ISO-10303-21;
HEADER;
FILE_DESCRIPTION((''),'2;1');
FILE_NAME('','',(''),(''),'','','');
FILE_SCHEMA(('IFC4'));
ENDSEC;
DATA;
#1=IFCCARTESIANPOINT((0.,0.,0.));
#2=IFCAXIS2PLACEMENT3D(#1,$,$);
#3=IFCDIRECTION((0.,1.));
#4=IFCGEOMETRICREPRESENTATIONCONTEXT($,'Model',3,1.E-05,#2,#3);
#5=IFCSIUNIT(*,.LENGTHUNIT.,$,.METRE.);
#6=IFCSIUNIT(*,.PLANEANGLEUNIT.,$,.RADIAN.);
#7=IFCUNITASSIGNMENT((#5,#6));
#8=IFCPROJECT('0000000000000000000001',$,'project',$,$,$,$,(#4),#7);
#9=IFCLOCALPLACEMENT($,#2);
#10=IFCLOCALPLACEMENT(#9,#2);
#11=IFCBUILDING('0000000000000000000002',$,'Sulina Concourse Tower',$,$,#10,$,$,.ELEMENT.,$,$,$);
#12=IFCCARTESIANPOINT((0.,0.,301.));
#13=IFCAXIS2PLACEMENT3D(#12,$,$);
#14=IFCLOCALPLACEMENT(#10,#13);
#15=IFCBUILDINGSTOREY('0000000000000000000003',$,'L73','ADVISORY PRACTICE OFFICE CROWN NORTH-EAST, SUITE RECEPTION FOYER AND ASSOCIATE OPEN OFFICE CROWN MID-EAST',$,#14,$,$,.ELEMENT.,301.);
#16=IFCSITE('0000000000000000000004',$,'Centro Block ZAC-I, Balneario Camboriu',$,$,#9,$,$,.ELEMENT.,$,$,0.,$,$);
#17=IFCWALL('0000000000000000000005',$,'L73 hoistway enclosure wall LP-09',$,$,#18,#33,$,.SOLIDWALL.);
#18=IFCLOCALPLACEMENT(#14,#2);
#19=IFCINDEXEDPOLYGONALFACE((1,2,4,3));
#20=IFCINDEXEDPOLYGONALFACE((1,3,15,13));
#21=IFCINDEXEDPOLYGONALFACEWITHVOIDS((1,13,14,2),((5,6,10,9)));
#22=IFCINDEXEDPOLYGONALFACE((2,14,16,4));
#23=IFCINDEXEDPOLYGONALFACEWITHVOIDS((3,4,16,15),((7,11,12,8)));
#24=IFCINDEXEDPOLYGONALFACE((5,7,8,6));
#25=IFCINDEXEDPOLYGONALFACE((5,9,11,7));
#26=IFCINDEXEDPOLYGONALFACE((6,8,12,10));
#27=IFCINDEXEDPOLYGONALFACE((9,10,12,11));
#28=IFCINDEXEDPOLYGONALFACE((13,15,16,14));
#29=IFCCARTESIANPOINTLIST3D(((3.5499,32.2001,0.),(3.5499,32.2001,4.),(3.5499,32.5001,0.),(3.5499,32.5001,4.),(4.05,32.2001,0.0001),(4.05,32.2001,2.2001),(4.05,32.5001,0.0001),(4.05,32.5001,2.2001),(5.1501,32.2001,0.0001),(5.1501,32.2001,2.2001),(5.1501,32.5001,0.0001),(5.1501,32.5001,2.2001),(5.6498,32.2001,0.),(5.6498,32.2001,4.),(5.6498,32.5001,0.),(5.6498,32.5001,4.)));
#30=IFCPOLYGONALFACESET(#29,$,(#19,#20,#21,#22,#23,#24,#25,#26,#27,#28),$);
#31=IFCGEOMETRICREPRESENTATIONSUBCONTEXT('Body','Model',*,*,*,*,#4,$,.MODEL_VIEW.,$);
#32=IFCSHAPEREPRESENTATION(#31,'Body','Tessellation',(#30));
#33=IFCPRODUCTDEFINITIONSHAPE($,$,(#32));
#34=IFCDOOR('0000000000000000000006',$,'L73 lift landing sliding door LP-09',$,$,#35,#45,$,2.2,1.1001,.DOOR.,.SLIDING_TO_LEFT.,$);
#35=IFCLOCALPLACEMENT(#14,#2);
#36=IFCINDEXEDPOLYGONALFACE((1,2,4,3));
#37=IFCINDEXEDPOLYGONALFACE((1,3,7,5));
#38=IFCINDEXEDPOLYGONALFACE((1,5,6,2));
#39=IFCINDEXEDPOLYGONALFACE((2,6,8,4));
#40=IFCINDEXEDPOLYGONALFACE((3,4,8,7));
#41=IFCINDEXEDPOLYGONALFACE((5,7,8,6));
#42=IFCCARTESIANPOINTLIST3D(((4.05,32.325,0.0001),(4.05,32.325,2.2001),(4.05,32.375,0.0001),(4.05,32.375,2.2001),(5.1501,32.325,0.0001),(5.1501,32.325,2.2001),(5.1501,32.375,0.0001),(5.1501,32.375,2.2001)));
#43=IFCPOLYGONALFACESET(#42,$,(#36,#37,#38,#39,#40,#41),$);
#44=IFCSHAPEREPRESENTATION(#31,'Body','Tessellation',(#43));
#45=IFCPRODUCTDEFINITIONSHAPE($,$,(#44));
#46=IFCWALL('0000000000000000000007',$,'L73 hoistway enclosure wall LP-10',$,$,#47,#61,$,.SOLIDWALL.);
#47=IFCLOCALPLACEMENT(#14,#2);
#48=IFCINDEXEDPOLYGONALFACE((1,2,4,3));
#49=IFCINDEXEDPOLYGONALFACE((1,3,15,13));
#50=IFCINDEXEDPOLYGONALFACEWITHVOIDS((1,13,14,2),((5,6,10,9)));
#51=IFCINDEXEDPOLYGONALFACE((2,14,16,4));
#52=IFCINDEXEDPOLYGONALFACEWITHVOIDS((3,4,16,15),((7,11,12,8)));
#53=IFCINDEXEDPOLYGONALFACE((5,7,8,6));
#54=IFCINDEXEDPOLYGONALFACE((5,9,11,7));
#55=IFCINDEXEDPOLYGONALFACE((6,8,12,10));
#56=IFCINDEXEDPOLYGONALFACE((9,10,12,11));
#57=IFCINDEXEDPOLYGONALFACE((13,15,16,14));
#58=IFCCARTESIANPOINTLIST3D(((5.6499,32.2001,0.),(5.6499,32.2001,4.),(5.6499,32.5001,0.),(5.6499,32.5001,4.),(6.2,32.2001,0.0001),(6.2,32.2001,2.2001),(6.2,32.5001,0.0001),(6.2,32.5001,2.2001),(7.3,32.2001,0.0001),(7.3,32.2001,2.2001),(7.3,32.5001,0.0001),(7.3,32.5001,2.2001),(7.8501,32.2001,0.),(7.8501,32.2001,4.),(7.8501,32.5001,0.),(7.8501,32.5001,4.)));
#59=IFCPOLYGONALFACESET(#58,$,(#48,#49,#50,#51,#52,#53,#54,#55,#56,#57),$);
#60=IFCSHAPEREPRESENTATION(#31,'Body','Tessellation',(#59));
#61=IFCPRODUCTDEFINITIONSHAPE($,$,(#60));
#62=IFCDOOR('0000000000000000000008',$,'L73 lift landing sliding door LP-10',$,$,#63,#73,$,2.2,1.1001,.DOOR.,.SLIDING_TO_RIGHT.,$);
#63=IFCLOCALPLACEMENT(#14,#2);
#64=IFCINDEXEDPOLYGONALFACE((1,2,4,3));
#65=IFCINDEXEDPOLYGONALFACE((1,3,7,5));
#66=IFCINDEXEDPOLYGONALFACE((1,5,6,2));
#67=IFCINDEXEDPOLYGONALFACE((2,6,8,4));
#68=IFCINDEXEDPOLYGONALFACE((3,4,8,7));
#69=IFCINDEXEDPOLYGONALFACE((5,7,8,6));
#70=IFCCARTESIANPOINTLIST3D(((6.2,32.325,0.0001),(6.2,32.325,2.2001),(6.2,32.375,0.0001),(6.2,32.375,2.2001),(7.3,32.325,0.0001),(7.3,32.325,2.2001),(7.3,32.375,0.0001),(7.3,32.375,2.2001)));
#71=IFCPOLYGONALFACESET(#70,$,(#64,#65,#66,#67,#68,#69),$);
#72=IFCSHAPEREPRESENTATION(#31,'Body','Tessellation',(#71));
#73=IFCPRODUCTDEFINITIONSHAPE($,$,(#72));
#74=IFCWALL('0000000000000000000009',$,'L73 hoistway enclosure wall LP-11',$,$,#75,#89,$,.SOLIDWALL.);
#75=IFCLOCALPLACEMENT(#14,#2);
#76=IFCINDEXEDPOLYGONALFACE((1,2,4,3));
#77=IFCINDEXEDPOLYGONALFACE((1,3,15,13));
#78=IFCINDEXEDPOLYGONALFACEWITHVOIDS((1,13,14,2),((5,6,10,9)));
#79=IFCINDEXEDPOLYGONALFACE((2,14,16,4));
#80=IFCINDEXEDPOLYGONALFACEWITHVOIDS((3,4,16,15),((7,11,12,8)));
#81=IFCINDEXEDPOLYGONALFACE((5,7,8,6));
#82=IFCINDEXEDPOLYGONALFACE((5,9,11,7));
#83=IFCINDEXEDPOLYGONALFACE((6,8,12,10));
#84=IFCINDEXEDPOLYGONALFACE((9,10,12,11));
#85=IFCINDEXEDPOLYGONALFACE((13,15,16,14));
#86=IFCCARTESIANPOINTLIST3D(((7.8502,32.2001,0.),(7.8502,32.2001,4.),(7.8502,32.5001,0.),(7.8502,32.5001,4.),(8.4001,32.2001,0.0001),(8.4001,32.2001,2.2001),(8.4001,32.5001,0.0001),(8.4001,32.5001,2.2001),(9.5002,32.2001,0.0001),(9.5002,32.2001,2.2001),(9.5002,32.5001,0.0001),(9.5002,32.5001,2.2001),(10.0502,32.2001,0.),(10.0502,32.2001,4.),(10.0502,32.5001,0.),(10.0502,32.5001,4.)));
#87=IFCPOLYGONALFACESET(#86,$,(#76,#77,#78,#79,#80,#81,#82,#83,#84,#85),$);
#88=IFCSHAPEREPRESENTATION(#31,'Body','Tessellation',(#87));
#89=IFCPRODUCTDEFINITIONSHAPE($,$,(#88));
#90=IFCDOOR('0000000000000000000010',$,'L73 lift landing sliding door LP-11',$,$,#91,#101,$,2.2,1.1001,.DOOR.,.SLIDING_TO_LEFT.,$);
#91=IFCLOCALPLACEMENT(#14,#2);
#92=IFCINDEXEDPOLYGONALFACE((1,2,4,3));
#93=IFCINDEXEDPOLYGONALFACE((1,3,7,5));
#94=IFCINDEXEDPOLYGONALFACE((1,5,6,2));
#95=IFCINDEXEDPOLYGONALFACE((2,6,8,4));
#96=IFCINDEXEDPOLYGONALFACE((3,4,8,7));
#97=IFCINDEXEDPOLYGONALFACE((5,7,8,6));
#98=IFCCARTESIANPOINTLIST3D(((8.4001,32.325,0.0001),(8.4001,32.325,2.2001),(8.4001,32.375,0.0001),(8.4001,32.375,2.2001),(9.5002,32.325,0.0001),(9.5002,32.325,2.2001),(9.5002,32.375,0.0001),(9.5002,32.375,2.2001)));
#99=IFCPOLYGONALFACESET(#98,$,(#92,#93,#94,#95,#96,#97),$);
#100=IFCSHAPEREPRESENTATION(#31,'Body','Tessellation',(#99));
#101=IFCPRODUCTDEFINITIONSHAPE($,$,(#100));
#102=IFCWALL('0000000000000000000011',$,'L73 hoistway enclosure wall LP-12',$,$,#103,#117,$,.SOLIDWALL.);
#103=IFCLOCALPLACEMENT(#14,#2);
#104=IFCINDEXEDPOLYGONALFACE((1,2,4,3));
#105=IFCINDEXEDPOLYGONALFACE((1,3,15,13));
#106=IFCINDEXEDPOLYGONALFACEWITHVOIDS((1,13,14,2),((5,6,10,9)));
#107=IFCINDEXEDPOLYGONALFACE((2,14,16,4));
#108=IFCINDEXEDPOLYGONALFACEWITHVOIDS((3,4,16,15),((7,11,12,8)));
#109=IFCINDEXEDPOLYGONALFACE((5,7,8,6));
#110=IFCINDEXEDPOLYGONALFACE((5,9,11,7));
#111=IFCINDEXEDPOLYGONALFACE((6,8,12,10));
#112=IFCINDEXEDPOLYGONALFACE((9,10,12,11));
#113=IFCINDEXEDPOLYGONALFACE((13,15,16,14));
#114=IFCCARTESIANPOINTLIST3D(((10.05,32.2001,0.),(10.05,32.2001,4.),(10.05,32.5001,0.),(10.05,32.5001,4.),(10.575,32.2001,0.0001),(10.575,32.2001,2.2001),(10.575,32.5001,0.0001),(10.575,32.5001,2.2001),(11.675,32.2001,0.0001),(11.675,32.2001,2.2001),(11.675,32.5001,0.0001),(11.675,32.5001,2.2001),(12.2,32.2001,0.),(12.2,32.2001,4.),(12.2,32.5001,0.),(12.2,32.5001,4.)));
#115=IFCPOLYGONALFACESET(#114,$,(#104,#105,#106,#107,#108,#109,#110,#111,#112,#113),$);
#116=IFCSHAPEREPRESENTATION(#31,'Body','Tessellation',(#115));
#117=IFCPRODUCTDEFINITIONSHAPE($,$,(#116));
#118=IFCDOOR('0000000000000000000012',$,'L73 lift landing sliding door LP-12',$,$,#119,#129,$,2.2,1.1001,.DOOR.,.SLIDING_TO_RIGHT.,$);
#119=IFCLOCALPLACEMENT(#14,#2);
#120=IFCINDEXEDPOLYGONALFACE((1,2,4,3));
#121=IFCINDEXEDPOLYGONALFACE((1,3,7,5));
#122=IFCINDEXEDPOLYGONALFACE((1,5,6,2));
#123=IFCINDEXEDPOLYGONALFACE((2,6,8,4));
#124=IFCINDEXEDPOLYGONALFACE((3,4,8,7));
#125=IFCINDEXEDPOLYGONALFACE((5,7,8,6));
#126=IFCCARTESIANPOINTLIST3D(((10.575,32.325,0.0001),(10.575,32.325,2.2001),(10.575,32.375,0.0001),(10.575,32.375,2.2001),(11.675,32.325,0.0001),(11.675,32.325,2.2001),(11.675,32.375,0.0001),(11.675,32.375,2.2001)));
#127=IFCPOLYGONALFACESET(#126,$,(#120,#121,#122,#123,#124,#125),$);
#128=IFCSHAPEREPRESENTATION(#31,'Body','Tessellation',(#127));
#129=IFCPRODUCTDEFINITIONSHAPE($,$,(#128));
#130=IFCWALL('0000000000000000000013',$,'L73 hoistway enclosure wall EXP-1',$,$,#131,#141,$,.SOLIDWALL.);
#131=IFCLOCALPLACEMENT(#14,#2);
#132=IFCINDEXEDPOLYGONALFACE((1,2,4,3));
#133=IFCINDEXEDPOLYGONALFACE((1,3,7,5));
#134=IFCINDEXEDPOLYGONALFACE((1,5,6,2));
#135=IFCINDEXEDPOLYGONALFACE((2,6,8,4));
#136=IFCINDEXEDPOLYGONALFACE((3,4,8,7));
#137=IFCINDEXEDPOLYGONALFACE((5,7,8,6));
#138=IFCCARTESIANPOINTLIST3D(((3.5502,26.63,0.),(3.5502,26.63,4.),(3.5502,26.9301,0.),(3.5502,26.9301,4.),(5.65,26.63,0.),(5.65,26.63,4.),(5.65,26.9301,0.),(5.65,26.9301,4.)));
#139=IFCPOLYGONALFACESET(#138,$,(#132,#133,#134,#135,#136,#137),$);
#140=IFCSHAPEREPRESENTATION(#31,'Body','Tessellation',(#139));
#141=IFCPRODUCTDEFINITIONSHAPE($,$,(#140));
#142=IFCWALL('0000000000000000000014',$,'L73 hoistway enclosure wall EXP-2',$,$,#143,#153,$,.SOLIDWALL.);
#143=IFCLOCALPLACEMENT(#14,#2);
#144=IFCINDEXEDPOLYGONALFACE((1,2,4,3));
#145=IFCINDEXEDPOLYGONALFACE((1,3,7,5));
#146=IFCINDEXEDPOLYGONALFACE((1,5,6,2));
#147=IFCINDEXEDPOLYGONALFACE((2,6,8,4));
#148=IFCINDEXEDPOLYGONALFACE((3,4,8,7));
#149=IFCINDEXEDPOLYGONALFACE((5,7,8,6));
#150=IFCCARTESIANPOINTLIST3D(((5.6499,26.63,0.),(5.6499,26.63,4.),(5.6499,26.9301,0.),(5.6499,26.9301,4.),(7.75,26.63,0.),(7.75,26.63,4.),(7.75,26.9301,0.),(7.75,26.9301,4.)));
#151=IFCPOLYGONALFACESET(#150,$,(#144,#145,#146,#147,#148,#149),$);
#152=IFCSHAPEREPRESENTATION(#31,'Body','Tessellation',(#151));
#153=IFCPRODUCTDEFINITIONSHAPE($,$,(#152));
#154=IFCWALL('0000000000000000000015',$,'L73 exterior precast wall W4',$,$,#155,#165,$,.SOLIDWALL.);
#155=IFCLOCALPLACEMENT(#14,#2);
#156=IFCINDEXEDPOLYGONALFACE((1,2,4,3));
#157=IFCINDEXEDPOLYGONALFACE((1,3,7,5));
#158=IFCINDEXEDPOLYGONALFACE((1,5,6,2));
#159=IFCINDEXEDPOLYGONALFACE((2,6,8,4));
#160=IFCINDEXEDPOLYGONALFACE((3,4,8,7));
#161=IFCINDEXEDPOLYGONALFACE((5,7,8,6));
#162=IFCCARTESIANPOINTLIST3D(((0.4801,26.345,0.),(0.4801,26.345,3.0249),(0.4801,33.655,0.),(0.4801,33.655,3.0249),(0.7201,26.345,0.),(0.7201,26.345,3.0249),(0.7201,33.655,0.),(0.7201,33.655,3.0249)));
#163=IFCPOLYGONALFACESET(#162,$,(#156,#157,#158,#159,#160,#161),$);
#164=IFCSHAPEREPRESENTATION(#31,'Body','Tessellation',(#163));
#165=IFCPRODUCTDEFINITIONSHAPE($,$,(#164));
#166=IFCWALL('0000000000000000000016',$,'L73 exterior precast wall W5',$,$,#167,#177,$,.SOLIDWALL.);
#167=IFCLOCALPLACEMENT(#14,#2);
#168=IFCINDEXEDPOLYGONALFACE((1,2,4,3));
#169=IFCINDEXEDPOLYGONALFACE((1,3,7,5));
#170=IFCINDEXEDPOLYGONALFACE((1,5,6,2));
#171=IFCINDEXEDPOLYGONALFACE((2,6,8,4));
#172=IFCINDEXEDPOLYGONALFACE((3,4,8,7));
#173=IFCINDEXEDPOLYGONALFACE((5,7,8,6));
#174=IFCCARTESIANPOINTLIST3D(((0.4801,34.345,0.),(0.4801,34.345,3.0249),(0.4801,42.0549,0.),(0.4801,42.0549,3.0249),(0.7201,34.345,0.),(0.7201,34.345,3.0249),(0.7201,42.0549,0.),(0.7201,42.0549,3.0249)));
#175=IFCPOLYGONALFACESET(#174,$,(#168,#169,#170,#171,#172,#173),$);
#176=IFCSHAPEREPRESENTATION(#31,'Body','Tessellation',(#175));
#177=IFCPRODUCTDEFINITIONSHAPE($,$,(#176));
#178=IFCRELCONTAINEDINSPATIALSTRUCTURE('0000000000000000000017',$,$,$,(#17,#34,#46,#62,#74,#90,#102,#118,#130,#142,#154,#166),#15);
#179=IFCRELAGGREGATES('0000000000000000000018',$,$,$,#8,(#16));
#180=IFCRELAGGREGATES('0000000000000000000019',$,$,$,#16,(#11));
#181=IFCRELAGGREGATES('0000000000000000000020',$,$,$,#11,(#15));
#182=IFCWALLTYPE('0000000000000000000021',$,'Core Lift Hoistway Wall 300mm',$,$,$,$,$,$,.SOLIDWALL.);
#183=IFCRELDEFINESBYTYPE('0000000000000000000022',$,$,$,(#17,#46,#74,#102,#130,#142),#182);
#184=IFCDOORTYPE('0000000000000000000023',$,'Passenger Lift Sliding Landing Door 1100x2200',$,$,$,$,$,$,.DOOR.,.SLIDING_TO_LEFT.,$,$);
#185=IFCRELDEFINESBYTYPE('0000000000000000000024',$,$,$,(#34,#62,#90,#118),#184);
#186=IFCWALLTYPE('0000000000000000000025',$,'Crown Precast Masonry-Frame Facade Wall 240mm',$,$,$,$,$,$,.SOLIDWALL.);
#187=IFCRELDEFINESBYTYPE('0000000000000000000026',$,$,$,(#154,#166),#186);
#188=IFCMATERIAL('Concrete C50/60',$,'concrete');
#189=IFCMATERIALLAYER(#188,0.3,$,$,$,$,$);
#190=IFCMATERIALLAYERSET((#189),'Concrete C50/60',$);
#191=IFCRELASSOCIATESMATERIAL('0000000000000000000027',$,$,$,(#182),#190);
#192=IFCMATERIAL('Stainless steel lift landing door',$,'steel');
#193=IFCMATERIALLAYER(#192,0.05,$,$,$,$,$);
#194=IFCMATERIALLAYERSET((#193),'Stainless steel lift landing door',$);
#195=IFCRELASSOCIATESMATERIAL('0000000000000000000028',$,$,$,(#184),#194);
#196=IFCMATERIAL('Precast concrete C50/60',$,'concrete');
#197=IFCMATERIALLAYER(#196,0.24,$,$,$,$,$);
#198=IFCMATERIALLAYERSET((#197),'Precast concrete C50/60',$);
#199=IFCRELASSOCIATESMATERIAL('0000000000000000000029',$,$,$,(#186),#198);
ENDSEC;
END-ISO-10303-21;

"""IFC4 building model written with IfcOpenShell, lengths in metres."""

from ifc_helpers import new_model, si_unit, direction, frame, frame_2d, origin, place, context, subcontext, project, spatial, rectangle, extrude, material, layer, layer_set, type_object, element, fill, save


model = new_model("IFC4")

# Units and contexts
model_context = context("Model", 3, precision=1e-05, world=origin(), true_north=direction((0.0, 1.0)))
body_context = subcontext(model_context, "Body", "Model", "MODEL_VIEW")
ifc_project = project(units=[si_unit("LENGTHUNIT", "METRE"), si_unit("PLANEANGLEUNIT", "RADIAN")], contexts=[model_context])

# Site, building, storey
site_placement = place(None, origin())
site = spatial("IfcSite", under=ifc_project, at=site_placement, Name="Centro Block ZAC-I, Balneario Camboriu", CompositionType="ELEMENT", RefElevation=0.0)
building_placement = place(site_placement, origin())
building = spatial("IfcBuilding", under=site, at=building_placement, Name="Sulina Concourse Tower", CompositionType="ELEMENT")
storey_placement = place(building_placement, frame((0.0, 0.0, 301.0)))
storey = spatial("IfcBuildingStorey", under=building, at=storey_placement, Name="L73", Description="ADVISORY PRACTICE OFFICE CROWN NORTH-EAST, SUITE RECEPTION FOYER AND ASSOCIATE OPEN OFFICE CROWN MID-EAST", CompositionType="ELEMENT", Elevation=301.0)

# Walls, openings, doors
ifc_material_1 = material(Name="Concrete C50/60", Category="concrete")
ifc_layer_1 = layer(ifc_material_1, 0.3)
ifc_layer_set_1 = layer_set([ifc_layer_1], Name="Concrete C50/60")
wall_type_1 = type_object("IfcWallType", Name="Core Lift Hoistway Wall 300mm", PredefinedType="SOLIDWALL", material=ifc_layer_set_1)
wall_1_placement = place(storey_placement, frame((3.55, 32.3501, 0.0), z_axis=(0.0, 0.0, 1.0), x_axis=(1.0, 0.0, 0.0)))
wall_1 = element("IfcWall", 1, at=wall_1_placement, inside=storey, type_object=wall_type_1, Name="L73 hoistway enclosure wall LP-09", PredefinedType="SOLIDWALL", context=body_context, shape_type="SweptSolid", body=[
    extrude(rectangle(XDim=2.0999, YDim=0.3, at=frame_2d((1.0498, 0.0))), origin(), (0.0, 0.0, 1.0), 4.0),
])
opening_1_placement = place(wall_1_placement, frame((0.5, 0.0, 0.0)))
opening_1 = element("IfcOpeningElement", 2, at=opening_1_placement, cuts=wall_1, PredefinedType="OPENING", context=body_context, shape_type="SweptSolid", body=[
    extrude(rectangle(XDim=1.1001, YDim=2.2, at=frame_2d((0.55, 1.1001))), frame((0.0, 0.1599, 0.0), z_axis=(0.0, -1.0, 0.0), x_axis=(1.0, 0.0, 0.0)), (0.0, 0.0, 1.0), 0.3201),
])
ifc_material_2 = material(Name="Stainless steel lift landing door", Category="steel")
ifc_layer_2 = layer(ifc_material_2, 0.05)
ifc_layer_set_2 = layer_set([ifc_layer_2], Name="Stainless steel lift landing door")
door_type_1 = type_object("IfcDoorType", Name="Passenger Lift Sliding Landing Door 1100x2200", OperationType="SLIDING_TO_LEFT", PredefinedType="DOOR", material=ifc_layer_set_2)
door_1_placement = place(opening_1_placement, origin())
door_1 = element("IfcDoor", 3, at=door_1_placement, inside=storey, type_object=door_type_1, Name="L73 lift landing sliding door LP-09", OperationType="SLIDING_TO_LEFT", OverallHeight=2.2, OverallWidth=1.1001, PredefinedType="DOOR", context=body_context, shape_type="SweptSolid", body=[
    extrude(rectangle(XDim=1.1001, YDim=2.2, at=frame_2d((0.55, 1.1001))), frame((0.0, 0.0249, 0.0), z_axis=(0.0, -1.0, 0.0), x_axis=(1.0, 0.0, 0.0)), (0.0, 0.0, 1.0), 0.05),
])
fill(opening_1, door_1)
wall_2_placement = place(storey_placement, frame((5.6499, 32.3501, 0.0), z_axis=(0.0, 0.0, 1.0), x_axis=(1.0, 0.0, 0.0)))
wall_2 = element("IfcWall", 4, at=wall_2_placement, inside=storey, type_object=wall_type_1, Name="L73 hoistway enclosure wall LP-10", PredefinedType="SOLIDWALL", context=body_context, shape_type="SweptSolid", body=[
    extrude(rectangle(XDim=2.2002, YDim=0.3, at=frame_2d((1.1001, 0.0))), origin(), (0.0, 0.0, 1.0), 4.0),
])
opening_2_placement = place(wall_2_placement, frame((0.55, 0.0, 0.0)))
opening_2 = element("IfcOpeningElement", 5, at=opening_2_placement, cuts=wall_2, PredefinedType="OPENING", context=body_context, shape_type="SweptSolid", body=[
    extrude(rectangle(XDim=1.1001, YDim=2.2, at=frame_2d((0.55, 1.1001))), frame((0.0, 0.1599, 0.0), z_axis=(0.0, -1.0, 0.0), x_axis=(1.0, 0.0, 0.0)), (0.0, 0.0, 1.0), 0.3201),
])
door_2_placement = place(opening_2_placement, origin())
door_2 = element("IfcDoor", 6, at=door_2_placement, inside=storey, type_object=door_type_1, Name="L73 lift landing sliding door LP-10", OperationType="SLIDING_TO_RIGHT", OverallHeight=2.2, OverallWidth=1.1001, PredefinedType="DOOR", context=body_context, shape_type="SweptSolid", body=[
    extrude(rectangle(XDim=1.1001, YDim=2.2, at=frame_2d((0.55, 1.1001))), frame((0.0, 0.0249, 0.0), z_axis=(0.0, -1.0, 0.0), x_axis=(1.0, 0.0, 0.0)), (0.0, 0.0, 1.0), 0.05),
])
fill(opening_2, door_2)
wall_3_placement = place(storey_placement, frame((7.8501, 32.3501, 0.0), z_axis=(0.0, 0.0, 1.0), x_axis=(1.0, 0.0, 0.0)))
wall_3 = element("IfcWall", 7, at=wall_3_placement, inside=storey, type_object=wall_type_1, Name="L73 hoistway enclosure wall LP-11", PredefinedType="SOLIDWALL", context=body_context, shape_type="SweptSolid", body=[
    extrude(rectangle(XDim=2.2, YDim=0.3, at=frame_2d((1.1001, 0.0))), origin(), (0.0, 0.0, 1.0), 4.0),
])
opening_3_placement = place(wall_3_placement, frame((0.55, 0.0, 0.0)))
opening_3 = element("IfcOpeningElement", 8, at=opening_3_placement, cuts=wall_3, PredefinedType="OPENING", context=body_context, shape_type="SweptSolid", body=[
    extrude(rectangle(XDim=1.1001, YDim=2.2, at=frame_2d((0.55, 1.1001))), frame((0.0, 0.1599, 0.0), z_axis=(0.0, -1.0, 0.0), x_axis=(1.0, 0.0, 0.0)), (0.0, 0.0, 1.0), 0.3201),
])
door_3_placement = place(opening_3_placement, origin())
door_3 = element("IfcDoor", 9, at=door_3_placement, inside=storey, type_object=door_type_1, Name="L73 lift landing sliding door LP-11", OperationType="SLIDING_TO_LEFT", OverallHeight=2.2, OverallWidth=1.1001, PredefinedType="DOOR", context=body_context, shape_type="SweptSolid", body=[
    extrude(rectangle(XDim=1.1001, YDim=2.2, at=frame_2d((0.55, 1.1001))), frame((0.0, 0.0249, 0.0), z_axis=(0.0, -1.0, 0.0), x_axis=(1.0, 0.0, 0.0)), (0.0, 0.0, 1.0), 0.05),
])
fill(opening_3, door_3)
wall_4_placement = place(storey_placement, frame((10.05, 32.3501, 0.0), z_axis=(0.0, 0.0, 1.0), x_axis=(1.0, 0.0, 0.0)))
wall_4 = element("IfcWall", 10, at=wall_4_placement, inside=storey, type_object=wall_type_1, Name="L73 hoistway enclosure wall LP-12", PredefinedType="SOLIDWALL", context=body_context, shape_type="SweptSolid", body=[
    extrude(rectangle(XDim=2.1499, YDim=0.3, at=frame_2d((1.075, 0.0))), origin(), (0.0, 0.0, 1.0), 4.0),
])
opening_4_placement = place(wall_4_placement, frame((0.5249, 0.0, 0.0)))
opening_4 = element("IfcOpeningElement", 11, at=opening_4_placement, cuts=wall_4, PredefinedType="OPENING", context=body_context, shape_type="SweptSolid", body=[
    extrude(rectangle(XDim=1.1001, YDim=2.2, at=frame_2d((0.55, 1.1001))), frame((0.0, 0.1599, 0.0), z_axis=(0.0, -1.0, 0.0), x_axis=(1.0, 0.0, 0.0)), (0.0, 0.0, 1.0), 0.3201),
])
door_4_placement = place(opening_4_placement, origin())
door_4 = element("IfcDoor", 12, at=door_4_placement, inside=storey, type_object=door_type_1, Name="L73 lift landing sliding door LP-12", OperationType="SLIDING_TO_RIGHT", OverallHeight=2.2, OverallWidth=1.1001, PredefinedType="DOOR", context=body_context, shape_type="SweptSolid", body=[
    extrude(rectangle(XDim=1.1001, YDim=2.2, at=frame_2d((0.55, 1.1001))), frame((0.0, 0.0249, 0.0), z_axis=(0.0, -1.0, 0.0), x_axis=(1.0, 0.0, 0.0)), (0.0, 0.0, 1.0), 0.05),
])
fill(opening_4, door_4)

# Walls
wall_5_placement = place(storey_placement, frame((5.6499, 26.78, 0.0), z_axis=(0.0, 0.0, 1.0), x_axis=(-1.0, 0.0, 0.0)))
element("IfcWall", 13, at=wall_5_placement, inside=storey, type_object=wall_type_1, Name="L73 hoistway enclosure wall EXP-1", PredefinedType="SOLIDWALL", context=body_context, shape_type="SweptSolid", body=[
    extrude(rectangle(XDim=2.0999, YDim=0.3, at=frame_2d((1.0498, 0.0))), origin(), (0.0, 0.0, 1.0), 4.0),
])
wall_6_placement = place(storey_placement, frame((7.75, 26.78, 0.0), z_axis=(0.0, 0.0, 1.0), x_axis=(-1.0, 0.0, 0.0)))
element("IfcWall", 14, at=wall_6_placement, inside=storey, type_object=wall_type_1, Name="L73 hoistway enclosure wall EXP-2", PredefinedType="SOLIDWALL", context=body_context, shape_type="SweptSolid", body=[
    extrude(rectangle(XDim=2.1001, YDim=0.3, at=frame_2d((1.05, 0.0))), origin(), (0.0, 0.0, 1.0), 4.0),
])
ifc_material_3 = material(Name="Precast concrete C50/60", Category="concrete")
ifc_layer_3 = layer(ifc_material_3, 0.24)
ifc_layer_set_3 = layer_set([ifc_layer_3], Name="Precast concrete C50/60")
wall_type_2 = type_object("IfcWallType", Name="Crown Precast Masonry-Frame Facade Wall 240mm", PredefinedType="SOLIDWALL", material=ifc_layer_set_3)
wall_7_placement = place(storey_placement, frame((0.6001, 26.345, 0.0), z_axis=(0.0, 0.0, 1.0), x_axis=(0.0, 1.0, 0.0)))
element("IfcWall", 15, at=wall_7_placement, inside=storey, type_object=wall_type_2, Name="L73 exterior precast wall W4", PredefinedType="SOLIDWALL", context=body_context, shape_type="SweptSolid", body=[
    extrude(rectangle(XDim=7.3101, YDim=0.24, at=frame_2d((3.655, 0.0))), origin(), (0.0, 0.0, 1.0), 3.0249),
])
wall_8_placement = place(storey_placement, frame((0.6001, 34.345, 0.0), z_axis=(0.0, 0.0, 1.0), x_axis=(0.0, 1.0, 0.0)))
element("IfcWall", 16, at=wall_8_placement, inside=storey, type_object=wall_type_2, Name="L73 exterior precast wall W5", PredefinedType="SOLIDWALL", context=body_context, shape_type="SweptSolid", body=[
    extrude(rectangle(XDim=7.71, YDim=0.24, at=frame_2d((3.855, 0.0))), origin(), (0.0, 0.0, 1.0), 3.0249),
])

save(model, "model.ifc")
